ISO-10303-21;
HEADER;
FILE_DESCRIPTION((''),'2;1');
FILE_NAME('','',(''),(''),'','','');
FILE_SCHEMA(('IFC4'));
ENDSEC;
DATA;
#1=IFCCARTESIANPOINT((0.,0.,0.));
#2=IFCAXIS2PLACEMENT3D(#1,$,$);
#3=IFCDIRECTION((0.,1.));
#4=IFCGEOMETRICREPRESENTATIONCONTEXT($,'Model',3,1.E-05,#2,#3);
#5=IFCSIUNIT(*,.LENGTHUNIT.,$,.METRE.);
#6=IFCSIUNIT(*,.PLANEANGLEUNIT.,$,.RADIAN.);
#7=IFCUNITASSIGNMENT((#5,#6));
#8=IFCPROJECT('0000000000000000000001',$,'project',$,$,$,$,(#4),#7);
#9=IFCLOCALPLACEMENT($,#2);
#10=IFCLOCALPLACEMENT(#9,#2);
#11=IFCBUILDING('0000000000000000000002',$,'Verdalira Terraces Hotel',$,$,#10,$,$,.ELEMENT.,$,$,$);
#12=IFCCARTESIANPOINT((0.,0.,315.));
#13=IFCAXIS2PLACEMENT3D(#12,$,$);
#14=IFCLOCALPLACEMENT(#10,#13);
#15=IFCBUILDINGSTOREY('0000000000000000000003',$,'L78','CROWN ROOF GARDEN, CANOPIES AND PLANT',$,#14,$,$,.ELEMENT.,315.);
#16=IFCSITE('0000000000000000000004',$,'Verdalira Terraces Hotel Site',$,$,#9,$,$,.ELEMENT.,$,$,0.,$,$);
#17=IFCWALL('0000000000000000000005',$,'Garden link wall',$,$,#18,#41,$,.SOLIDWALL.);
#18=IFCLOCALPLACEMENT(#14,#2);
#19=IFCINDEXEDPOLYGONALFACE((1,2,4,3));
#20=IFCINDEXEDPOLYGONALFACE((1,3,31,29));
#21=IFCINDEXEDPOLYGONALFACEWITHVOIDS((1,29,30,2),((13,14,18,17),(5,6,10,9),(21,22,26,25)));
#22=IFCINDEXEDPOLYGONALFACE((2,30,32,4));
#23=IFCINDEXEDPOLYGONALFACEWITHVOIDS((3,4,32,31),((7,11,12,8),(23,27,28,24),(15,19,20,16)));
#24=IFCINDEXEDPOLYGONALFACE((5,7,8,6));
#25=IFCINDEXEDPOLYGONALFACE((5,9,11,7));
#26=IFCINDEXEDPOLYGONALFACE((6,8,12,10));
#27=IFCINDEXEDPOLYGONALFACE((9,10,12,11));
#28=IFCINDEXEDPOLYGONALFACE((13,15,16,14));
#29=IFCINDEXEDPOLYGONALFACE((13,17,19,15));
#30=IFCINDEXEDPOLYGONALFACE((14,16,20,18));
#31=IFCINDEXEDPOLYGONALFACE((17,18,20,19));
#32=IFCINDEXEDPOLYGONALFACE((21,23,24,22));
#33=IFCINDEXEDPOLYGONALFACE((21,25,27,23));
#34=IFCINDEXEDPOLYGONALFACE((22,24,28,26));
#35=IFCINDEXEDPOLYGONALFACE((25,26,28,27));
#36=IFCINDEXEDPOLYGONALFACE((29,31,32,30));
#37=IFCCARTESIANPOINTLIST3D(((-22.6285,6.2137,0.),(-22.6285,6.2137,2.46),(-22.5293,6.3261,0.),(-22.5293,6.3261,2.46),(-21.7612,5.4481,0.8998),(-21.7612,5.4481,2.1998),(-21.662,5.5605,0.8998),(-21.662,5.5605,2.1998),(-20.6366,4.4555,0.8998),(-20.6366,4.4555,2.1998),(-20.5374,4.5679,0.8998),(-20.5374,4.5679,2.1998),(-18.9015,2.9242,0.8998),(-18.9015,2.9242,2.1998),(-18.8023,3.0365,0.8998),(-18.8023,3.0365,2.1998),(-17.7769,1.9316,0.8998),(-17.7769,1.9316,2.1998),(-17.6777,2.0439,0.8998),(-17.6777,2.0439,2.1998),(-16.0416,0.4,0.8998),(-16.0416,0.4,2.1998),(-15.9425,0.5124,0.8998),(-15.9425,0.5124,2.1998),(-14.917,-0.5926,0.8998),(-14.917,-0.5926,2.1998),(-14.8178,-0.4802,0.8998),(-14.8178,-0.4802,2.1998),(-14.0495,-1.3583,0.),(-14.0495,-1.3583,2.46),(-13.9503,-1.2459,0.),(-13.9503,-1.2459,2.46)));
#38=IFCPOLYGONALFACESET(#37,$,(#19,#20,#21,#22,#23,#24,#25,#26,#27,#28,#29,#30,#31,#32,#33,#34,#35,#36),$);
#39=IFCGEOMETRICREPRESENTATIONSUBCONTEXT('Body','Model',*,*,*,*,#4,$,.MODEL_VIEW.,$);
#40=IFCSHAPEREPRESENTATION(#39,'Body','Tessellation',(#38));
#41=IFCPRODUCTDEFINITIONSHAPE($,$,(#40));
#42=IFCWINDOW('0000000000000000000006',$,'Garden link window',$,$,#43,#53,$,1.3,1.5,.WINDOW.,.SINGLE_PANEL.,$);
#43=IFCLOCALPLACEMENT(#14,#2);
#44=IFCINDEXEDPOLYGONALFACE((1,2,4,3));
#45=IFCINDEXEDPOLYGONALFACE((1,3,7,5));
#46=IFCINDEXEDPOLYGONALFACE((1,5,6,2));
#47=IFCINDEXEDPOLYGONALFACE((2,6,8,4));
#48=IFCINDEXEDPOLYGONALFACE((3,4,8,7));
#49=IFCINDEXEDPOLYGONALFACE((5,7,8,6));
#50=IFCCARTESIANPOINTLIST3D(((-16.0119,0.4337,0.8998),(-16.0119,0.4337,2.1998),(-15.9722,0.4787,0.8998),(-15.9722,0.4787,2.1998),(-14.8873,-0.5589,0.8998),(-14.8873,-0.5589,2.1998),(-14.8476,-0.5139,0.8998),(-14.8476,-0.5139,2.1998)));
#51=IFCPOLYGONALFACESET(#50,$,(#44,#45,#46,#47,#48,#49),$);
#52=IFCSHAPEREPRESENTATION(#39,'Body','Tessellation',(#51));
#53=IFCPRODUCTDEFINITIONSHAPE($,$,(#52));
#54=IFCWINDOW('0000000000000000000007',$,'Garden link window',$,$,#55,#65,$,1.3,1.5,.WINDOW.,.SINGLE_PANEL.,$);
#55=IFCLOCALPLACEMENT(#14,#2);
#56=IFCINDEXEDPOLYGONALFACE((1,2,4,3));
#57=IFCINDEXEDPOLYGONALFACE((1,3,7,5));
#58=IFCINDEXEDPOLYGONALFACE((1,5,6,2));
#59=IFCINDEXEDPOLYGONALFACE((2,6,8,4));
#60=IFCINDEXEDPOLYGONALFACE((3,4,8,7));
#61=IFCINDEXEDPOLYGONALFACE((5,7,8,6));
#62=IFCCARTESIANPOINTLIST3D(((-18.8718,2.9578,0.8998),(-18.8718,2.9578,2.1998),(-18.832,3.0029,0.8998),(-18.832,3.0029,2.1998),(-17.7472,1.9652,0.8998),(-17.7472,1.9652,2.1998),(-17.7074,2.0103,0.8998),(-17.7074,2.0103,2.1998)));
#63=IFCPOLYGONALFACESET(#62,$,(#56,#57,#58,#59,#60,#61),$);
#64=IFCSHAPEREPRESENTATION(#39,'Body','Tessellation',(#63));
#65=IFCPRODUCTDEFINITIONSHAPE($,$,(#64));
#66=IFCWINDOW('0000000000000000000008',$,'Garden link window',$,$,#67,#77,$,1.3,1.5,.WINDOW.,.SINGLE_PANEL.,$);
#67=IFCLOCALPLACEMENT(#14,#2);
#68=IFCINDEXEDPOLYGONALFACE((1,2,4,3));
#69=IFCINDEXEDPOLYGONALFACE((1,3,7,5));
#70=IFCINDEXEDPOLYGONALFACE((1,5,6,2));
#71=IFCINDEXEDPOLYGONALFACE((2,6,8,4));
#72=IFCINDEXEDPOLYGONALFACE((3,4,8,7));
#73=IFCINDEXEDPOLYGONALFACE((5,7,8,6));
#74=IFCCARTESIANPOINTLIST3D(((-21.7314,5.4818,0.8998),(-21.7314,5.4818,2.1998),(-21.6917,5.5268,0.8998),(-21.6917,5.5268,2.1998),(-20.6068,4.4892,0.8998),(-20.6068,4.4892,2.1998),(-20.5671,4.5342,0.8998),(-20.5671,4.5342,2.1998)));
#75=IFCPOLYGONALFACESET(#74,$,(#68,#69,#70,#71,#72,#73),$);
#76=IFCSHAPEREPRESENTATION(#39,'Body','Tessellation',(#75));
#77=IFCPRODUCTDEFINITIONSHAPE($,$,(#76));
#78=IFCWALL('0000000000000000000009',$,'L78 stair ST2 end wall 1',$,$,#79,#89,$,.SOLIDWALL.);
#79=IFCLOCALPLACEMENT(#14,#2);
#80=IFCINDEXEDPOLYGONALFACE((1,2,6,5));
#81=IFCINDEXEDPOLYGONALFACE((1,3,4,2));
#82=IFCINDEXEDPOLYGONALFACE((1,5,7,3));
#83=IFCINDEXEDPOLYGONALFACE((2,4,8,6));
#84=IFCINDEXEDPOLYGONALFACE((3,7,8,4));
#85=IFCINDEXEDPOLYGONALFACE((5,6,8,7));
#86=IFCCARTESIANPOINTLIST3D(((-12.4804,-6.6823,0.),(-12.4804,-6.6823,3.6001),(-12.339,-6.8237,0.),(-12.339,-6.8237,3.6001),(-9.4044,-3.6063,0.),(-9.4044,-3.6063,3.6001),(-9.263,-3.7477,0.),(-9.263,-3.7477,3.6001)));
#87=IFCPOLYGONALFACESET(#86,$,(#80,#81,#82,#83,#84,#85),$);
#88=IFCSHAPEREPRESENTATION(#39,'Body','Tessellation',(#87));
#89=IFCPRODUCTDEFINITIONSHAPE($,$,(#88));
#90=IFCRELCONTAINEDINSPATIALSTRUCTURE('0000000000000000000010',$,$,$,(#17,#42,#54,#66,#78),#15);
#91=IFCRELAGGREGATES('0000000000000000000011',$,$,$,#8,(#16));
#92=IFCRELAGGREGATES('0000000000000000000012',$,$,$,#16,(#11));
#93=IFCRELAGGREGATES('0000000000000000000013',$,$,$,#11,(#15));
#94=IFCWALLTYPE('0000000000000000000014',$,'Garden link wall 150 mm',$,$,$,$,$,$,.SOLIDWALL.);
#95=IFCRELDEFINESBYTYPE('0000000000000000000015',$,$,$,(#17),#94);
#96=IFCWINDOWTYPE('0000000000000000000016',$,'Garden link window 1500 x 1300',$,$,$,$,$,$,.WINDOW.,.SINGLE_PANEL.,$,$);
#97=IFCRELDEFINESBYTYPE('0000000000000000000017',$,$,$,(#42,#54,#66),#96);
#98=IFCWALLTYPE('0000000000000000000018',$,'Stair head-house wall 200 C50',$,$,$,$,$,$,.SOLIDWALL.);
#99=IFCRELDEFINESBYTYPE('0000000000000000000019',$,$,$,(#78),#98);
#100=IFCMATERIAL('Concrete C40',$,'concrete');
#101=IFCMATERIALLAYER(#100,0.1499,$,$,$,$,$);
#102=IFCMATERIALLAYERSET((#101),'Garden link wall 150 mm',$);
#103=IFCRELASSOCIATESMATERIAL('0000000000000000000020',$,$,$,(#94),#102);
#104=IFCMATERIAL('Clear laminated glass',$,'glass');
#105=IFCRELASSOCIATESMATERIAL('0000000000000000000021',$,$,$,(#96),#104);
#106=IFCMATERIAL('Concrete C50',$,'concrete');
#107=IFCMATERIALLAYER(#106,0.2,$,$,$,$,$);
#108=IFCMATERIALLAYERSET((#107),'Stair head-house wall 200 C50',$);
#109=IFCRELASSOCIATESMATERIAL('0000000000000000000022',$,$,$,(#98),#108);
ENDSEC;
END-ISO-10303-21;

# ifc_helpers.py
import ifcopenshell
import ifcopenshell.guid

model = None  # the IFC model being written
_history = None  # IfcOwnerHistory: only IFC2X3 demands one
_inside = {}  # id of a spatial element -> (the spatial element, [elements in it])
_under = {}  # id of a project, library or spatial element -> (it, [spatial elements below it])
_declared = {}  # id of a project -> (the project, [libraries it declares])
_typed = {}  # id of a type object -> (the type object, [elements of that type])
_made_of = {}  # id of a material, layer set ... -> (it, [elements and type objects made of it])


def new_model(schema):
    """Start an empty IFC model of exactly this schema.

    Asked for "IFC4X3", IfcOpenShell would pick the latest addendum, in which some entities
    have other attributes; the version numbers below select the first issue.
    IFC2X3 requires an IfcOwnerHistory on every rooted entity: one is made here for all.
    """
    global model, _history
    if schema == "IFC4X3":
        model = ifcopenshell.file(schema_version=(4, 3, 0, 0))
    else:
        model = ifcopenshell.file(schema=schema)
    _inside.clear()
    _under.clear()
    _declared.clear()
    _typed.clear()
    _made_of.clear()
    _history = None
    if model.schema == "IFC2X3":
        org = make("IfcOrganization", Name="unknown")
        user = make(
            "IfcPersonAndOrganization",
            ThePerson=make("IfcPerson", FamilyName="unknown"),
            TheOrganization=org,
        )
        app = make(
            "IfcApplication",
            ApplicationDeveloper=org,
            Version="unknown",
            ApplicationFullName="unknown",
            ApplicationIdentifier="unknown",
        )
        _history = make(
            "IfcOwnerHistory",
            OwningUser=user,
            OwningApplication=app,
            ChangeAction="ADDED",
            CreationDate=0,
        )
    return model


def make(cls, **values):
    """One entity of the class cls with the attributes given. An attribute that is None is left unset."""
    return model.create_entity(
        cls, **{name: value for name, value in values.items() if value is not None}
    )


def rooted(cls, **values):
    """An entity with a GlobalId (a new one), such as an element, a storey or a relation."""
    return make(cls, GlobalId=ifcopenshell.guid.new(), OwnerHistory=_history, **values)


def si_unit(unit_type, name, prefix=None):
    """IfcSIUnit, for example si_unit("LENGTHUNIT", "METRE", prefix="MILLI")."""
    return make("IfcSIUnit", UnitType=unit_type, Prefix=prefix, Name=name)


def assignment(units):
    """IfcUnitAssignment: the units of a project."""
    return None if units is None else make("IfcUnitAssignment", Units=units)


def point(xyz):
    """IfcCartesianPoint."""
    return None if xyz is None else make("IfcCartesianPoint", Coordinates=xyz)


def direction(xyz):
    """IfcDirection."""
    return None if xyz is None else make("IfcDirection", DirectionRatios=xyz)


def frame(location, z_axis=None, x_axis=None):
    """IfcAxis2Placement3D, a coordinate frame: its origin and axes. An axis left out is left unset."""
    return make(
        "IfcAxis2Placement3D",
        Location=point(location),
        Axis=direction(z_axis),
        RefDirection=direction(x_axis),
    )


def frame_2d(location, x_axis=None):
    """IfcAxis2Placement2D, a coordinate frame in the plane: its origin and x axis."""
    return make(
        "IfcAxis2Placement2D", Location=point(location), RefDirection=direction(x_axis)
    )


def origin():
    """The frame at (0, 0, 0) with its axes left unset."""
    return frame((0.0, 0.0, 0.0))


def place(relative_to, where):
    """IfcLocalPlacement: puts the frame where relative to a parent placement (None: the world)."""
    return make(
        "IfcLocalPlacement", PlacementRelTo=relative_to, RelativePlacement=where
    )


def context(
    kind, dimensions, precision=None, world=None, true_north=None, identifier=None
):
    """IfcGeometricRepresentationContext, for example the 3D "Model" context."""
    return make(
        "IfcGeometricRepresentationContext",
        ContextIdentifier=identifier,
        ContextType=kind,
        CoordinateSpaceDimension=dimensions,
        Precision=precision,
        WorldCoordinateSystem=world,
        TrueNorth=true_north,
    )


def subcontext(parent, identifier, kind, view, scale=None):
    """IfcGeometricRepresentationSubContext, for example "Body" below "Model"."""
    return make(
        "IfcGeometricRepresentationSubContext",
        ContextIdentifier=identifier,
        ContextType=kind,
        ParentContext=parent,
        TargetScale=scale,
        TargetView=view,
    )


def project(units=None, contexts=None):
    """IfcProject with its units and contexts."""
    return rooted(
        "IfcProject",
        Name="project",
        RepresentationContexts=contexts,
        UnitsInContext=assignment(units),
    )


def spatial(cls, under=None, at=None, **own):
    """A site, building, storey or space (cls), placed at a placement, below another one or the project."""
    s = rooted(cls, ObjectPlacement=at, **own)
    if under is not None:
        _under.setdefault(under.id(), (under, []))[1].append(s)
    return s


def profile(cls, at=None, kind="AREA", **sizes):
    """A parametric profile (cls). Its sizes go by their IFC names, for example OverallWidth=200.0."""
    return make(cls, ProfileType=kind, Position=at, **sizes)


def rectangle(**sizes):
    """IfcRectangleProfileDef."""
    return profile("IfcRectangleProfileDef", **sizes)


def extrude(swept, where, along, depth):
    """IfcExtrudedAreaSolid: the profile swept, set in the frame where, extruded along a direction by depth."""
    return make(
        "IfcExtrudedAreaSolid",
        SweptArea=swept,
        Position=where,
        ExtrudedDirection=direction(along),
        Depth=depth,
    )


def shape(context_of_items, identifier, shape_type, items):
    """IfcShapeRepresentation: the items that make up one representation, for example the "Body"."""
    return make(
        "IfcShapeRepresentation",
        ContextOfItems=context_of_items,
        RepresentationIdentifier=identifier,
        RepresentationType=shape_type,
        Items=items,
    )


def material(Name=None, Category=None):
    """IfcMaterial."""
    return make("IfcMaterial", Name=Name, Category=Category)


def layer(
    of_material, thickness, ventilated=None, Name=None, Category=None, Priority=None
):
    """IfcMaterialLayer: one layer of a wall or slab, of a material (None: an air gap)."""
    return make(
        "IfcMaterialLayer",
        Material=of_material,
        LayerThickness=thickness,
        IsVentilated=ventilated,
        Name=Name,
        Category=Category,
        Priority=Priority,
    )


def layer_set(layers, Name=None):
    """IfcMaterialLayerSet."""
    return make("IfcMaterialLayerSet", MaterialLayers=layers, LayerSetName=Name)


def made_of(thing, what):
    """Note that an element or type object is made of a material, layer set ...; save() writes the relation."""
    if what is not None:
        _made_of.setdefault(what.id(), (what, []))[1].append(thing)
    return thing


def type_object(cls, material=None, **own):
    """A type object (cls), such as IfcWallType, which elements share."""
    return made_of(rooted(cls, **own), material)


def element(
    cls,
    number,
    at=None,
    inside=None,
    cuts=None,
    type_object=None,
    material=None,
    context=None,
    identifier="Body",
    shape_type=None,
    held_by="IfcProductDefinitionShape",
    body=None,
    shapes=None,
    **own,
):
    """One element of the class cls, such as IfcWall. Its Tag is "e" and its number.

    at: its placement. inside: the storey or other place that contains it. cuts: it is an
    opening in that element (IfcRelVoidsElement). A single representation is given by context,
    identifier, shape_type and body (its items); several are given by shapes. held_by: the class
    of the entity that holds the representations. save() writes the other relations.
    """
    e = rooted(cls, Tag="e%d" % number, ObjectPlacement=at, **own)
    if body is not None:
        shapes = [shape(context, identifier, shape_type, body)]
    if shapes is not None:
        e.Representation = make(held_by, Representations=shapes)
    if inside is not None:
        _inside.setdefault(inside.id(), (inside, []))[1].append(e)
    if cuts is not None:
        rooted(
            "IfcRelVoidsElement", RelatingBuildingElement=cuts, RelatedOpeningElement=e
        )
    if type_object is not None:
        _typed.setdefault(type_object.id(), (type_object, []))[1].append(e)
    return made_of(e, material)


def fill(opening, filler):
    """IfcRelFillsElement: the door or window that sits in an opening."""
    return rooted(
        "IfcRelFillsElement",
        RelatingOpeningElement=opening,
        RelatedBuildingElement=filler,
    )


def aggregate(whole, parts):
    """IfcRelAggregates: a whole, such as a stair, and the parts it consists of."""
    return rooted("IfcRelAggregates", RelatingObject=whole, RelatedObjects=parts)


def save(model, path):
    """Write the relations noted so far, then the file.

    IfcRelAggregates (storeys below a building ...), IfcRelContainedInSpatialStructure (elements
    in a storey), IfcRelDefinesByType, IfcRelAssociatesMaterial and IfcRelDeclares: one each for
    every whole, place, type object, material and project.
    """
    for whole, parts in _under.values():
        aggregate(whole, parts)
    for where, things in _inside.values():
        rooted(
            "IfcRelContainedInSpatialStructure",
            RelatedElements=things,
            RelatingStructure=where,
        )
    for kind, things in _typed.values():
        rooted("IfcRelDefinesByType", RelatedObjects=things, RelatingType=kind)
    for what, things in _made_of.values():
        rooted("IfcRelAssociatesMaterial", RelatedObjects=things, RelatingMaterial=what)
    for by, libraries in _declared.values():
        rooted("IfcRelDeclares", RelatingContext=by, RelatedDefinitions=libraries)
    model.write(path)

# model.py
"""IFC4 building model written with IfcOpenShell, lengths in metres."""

from ifc_helpers import new_model, si_unit, direction, frame, frame_2d, origin, place, context, subcontext, project, spatial, rectangle, extrude, material, layer, layer_set, type_object, element, fill, save


model = new_model("IFC4")

# Units and contexts
model_context = context("Model", 3, precision=1e-05, world=origin(), true_north=direction((0.0, 1.0)))
body_context = subcontext(model_context, "Body", "Model", "MODEL_VIEW")
ifc_project = project(units=[si_unit("LENGTHUNIT", "METRE"), si_unit("PLANEANGLEUNIT", "RADIAN")], contexts=[model_context])

# Site, building, storey
site_placement = place(None, origin())
site = spatial("IfcSite", under=ifc_project, at=site_placement, Name="Verdalira Terraces Hotel Site", CompositionType="ELEMENT", RefElevation=0.0)
building_placement = place(site_placement, origin())
building = spatial("IfcBuilding", under=site, at=building_placement, Name="Verdalira Terraces Hotel", CompositionType="ELEMENT")
storey_placement = place(building_placement, frame((0.0, 0.0, 315.0)))
storey = spatial("IfcBuildingStorey", under=building, at=storey_placement, Name="L78", Description="CROWN ROOF GARDEN, CANOPIES AND PLANT", CompositionType="ELEMENT", Elevation=315.0)

# Wall, openings, windows
ifc_material_1 = material(Name="Concrete C40", Category="concrete")
ifc_layer_1 = layer(ifc_material_1, 0.1499)
ifc_layer_set_1 = layer_set([ifc_layer_1], Name="Garden link wall 150 mm")
wall_type_1 = type_object("IfcWallType", Name="Garden link wall 150 mm", PredefinedType="SOLIDWALL", material=ifc_layer_set_1)
wall_1_placement = place(storey_placement, frame((-14.0, -1.302, 0.0), z_axis=(0.0, 0.0, 1.0), x_axis=(-0.749741, 0.661731, 0.0)))
wall_1 = element("IfcWall", 1, at=wall_1_placement, inside=storey, type_object=wall_type_1, Name="Garden link wall", PredefinedType="SOLIDWALL", context=body_context, shape_type="SweptSolid", body=[
    extrude(rectangle(XDim=11.4426, YDim=0.1499, at=frame_2d((5.7212, 0.0))), origin(), (0.0, 0.0, 1.0), 2.46),
])
opening_1_placement = place(wall_1_placement, frame((1.157, 0.0, 0.8999)))
opening_1 = element("IfcOpeningElement", 2, at=opening_1_placement, cuts=wall_1, PredefinedType="OPENING", context=body_context, shape_type="SweptSolid", body=[
    extrude(rectangle(XDim=1.5, YDim=1.3, at=frame_2d((0.75, 0.6499))), frame((0.0, 0.085, 0.0), z_axis=(0.0, -1.0, 0.0), x_axis=(1.0, 0.0, 0.0)), (0.0, 0.0, 1.0), 0.1699),
])
opening_2_placement = place(wall_1_placement, frame((4.9714, 0.0, 0.8999)))
opening_2 = element("IfcOpeningElement", 3, at=opening_2_placement, cuts=wall_1, PredefinedType="OPENING", context=body_context, shape_type="SweptSolid", body=[
    extrude(rectangle(XDim=1.5, YDim=1.3, at=frame_2d((0.75, 0.6499))), frame((0.0, 0.085, 0.0), z_axis=(0.0, -1.0, 0.0), x_axis=(1.0, 0.0, 0.0)), (0.0, 0.0, 1.0), 0.1699),
])
opening_3_placement = place(wall_1_placement, frame((8.7856, 0.0, 0.8999)))
opening_3 = element("IfcOpeningElement", 4, at=opening_3_placement, cuts=wall_1, PredefinedType="OPENING", context=body_context, shape_type="SweptSolid", body=[
    extrude(rectangle(XDim=1.5, YDim=1.3, at=frame_2d((0.75, 0.6499))), frame((0.0, 0.085, 0.0), z_axis=(0.0, -1.0, 0.0), x_axis=(1.0, 0.0, 0.0)), (0.0, 0.0, 1.0), 0.1699),
])
ifc_material_2 = material(Name="Clear laminated glass", Category="glass")
window_type = type_object("IfcWindowType", Name="Garden link window 1500 x 1300", PartitioningType="SINGLE_PANEL", PredefinedType="WINDOW", material=ifc_material_2)
window_1_placement = place(opening_1_placement, origin())
window_1 = element("IfcWindow", 5, at=window_1_placement, inside=storey, type_object=window_type, Name="Garden link window", OverallHeight=1.3, OverallWidth=1.5, PartitioningType="SINGLE_PANEL", PredefinedType="WINDOW", context=body_context, shape_type="SweptSolid", body=[
    extrude(rectangle(XDim=1.5, YDim=1.3, at=frame_2d((0.75, 0.6499))), frame((0.0, 0.03, 0.0), z_axis=(0.0, -1.0, 0.0), x_axis=(1.0, 0.0, 0.0)), (0.0, 0.0, 1.0), 0.0601),
])
fill(opening_1, window_1)
window_2_placement = place(opening_2_placement, origin())
window_2 = element("IfcWindow", 6, at=window_2_placement, inside=storey, type_object=window_type, Name="Garden link window", OverallHeight=1.3, OverallWidth=1.5, PartitioningType="SINGLE_PANEL", PredefinedType="WINDOW", context=body_context, shape_type="SweptSolid", body=[
    extrude(rectangle(XDim=1.5, YDim=1.3, at=frame_2d((0.75, 0.6499))), frame((0.0, 0.03, 0.0), z_axis=(0.0, -1.0, 0.0), x_axis=(1.0, 0.0, 0.0)), (0.0, 0.0, 1.0), 0.0601),
])
fill(opening_2, window_2)
window_3_placement = place(opening_3_placement, origin())
window_3 = element("IfcWindow", 7, at=window_3_placement, inside=storey, type_object=window_type, Name="Garden link window", OverallHeight=1.3, OverallWidth=1.5, PartitioningType="SINGLE_PANEL", PredefinedType="WINDOW", context=body_context, shape_type="SweptSolid", body=[
    extrude(rectangle(XDim=1.5, YDim=1.3, at=frame_2d((0.75, 0.6499))), frame((0.0, 0.03, 0.0), z_axis=(0.0, -1.0, 0.0), x_axis=(1.0, 0.0, 0.0)), (0.0, 0.0, 1.0), 0.0601),
])
fill(opening_3, window_3)

# Wall
ifc_material_3 = material(Name="Concrete C50", Category="concrete")
ifc_layer_2 = layer(ifc_material_3, 0.2)
ifc_layer_set_2 = layer_set([ifc_layer_2], Name="Stair head-house wall 200 C50")
wall_type_2 = type_object("IfcWallType", Name="Stair head-house wall 200 C50", PredefinedType="SOLIDWALL", material=ifc_layer_set_2)
wall_2_placement = place(storey_placement, frame((-9.3337, -3.677, 0.0), z_axis=(0.0, 0.0, 1.0), x_axis=(-0.707107, -0.707107, 0.0)))
element("IfcWall", 8, at=wall_2_placement, inside=storey, type_object=wall_type_2, Name="L78 stair ST2 end wall 1", PredefinedType="SOLIDWALL", context=body_context, shape_type="SweptSolid", body=[
    extrude(rectangle(XDim=4.3501, YDim=0.2, at=frame_2d((2.175, 0.0))), origin(), (0.0, 0.0, 1.0), 3.6001),
])

save(model, "model.ifc")
